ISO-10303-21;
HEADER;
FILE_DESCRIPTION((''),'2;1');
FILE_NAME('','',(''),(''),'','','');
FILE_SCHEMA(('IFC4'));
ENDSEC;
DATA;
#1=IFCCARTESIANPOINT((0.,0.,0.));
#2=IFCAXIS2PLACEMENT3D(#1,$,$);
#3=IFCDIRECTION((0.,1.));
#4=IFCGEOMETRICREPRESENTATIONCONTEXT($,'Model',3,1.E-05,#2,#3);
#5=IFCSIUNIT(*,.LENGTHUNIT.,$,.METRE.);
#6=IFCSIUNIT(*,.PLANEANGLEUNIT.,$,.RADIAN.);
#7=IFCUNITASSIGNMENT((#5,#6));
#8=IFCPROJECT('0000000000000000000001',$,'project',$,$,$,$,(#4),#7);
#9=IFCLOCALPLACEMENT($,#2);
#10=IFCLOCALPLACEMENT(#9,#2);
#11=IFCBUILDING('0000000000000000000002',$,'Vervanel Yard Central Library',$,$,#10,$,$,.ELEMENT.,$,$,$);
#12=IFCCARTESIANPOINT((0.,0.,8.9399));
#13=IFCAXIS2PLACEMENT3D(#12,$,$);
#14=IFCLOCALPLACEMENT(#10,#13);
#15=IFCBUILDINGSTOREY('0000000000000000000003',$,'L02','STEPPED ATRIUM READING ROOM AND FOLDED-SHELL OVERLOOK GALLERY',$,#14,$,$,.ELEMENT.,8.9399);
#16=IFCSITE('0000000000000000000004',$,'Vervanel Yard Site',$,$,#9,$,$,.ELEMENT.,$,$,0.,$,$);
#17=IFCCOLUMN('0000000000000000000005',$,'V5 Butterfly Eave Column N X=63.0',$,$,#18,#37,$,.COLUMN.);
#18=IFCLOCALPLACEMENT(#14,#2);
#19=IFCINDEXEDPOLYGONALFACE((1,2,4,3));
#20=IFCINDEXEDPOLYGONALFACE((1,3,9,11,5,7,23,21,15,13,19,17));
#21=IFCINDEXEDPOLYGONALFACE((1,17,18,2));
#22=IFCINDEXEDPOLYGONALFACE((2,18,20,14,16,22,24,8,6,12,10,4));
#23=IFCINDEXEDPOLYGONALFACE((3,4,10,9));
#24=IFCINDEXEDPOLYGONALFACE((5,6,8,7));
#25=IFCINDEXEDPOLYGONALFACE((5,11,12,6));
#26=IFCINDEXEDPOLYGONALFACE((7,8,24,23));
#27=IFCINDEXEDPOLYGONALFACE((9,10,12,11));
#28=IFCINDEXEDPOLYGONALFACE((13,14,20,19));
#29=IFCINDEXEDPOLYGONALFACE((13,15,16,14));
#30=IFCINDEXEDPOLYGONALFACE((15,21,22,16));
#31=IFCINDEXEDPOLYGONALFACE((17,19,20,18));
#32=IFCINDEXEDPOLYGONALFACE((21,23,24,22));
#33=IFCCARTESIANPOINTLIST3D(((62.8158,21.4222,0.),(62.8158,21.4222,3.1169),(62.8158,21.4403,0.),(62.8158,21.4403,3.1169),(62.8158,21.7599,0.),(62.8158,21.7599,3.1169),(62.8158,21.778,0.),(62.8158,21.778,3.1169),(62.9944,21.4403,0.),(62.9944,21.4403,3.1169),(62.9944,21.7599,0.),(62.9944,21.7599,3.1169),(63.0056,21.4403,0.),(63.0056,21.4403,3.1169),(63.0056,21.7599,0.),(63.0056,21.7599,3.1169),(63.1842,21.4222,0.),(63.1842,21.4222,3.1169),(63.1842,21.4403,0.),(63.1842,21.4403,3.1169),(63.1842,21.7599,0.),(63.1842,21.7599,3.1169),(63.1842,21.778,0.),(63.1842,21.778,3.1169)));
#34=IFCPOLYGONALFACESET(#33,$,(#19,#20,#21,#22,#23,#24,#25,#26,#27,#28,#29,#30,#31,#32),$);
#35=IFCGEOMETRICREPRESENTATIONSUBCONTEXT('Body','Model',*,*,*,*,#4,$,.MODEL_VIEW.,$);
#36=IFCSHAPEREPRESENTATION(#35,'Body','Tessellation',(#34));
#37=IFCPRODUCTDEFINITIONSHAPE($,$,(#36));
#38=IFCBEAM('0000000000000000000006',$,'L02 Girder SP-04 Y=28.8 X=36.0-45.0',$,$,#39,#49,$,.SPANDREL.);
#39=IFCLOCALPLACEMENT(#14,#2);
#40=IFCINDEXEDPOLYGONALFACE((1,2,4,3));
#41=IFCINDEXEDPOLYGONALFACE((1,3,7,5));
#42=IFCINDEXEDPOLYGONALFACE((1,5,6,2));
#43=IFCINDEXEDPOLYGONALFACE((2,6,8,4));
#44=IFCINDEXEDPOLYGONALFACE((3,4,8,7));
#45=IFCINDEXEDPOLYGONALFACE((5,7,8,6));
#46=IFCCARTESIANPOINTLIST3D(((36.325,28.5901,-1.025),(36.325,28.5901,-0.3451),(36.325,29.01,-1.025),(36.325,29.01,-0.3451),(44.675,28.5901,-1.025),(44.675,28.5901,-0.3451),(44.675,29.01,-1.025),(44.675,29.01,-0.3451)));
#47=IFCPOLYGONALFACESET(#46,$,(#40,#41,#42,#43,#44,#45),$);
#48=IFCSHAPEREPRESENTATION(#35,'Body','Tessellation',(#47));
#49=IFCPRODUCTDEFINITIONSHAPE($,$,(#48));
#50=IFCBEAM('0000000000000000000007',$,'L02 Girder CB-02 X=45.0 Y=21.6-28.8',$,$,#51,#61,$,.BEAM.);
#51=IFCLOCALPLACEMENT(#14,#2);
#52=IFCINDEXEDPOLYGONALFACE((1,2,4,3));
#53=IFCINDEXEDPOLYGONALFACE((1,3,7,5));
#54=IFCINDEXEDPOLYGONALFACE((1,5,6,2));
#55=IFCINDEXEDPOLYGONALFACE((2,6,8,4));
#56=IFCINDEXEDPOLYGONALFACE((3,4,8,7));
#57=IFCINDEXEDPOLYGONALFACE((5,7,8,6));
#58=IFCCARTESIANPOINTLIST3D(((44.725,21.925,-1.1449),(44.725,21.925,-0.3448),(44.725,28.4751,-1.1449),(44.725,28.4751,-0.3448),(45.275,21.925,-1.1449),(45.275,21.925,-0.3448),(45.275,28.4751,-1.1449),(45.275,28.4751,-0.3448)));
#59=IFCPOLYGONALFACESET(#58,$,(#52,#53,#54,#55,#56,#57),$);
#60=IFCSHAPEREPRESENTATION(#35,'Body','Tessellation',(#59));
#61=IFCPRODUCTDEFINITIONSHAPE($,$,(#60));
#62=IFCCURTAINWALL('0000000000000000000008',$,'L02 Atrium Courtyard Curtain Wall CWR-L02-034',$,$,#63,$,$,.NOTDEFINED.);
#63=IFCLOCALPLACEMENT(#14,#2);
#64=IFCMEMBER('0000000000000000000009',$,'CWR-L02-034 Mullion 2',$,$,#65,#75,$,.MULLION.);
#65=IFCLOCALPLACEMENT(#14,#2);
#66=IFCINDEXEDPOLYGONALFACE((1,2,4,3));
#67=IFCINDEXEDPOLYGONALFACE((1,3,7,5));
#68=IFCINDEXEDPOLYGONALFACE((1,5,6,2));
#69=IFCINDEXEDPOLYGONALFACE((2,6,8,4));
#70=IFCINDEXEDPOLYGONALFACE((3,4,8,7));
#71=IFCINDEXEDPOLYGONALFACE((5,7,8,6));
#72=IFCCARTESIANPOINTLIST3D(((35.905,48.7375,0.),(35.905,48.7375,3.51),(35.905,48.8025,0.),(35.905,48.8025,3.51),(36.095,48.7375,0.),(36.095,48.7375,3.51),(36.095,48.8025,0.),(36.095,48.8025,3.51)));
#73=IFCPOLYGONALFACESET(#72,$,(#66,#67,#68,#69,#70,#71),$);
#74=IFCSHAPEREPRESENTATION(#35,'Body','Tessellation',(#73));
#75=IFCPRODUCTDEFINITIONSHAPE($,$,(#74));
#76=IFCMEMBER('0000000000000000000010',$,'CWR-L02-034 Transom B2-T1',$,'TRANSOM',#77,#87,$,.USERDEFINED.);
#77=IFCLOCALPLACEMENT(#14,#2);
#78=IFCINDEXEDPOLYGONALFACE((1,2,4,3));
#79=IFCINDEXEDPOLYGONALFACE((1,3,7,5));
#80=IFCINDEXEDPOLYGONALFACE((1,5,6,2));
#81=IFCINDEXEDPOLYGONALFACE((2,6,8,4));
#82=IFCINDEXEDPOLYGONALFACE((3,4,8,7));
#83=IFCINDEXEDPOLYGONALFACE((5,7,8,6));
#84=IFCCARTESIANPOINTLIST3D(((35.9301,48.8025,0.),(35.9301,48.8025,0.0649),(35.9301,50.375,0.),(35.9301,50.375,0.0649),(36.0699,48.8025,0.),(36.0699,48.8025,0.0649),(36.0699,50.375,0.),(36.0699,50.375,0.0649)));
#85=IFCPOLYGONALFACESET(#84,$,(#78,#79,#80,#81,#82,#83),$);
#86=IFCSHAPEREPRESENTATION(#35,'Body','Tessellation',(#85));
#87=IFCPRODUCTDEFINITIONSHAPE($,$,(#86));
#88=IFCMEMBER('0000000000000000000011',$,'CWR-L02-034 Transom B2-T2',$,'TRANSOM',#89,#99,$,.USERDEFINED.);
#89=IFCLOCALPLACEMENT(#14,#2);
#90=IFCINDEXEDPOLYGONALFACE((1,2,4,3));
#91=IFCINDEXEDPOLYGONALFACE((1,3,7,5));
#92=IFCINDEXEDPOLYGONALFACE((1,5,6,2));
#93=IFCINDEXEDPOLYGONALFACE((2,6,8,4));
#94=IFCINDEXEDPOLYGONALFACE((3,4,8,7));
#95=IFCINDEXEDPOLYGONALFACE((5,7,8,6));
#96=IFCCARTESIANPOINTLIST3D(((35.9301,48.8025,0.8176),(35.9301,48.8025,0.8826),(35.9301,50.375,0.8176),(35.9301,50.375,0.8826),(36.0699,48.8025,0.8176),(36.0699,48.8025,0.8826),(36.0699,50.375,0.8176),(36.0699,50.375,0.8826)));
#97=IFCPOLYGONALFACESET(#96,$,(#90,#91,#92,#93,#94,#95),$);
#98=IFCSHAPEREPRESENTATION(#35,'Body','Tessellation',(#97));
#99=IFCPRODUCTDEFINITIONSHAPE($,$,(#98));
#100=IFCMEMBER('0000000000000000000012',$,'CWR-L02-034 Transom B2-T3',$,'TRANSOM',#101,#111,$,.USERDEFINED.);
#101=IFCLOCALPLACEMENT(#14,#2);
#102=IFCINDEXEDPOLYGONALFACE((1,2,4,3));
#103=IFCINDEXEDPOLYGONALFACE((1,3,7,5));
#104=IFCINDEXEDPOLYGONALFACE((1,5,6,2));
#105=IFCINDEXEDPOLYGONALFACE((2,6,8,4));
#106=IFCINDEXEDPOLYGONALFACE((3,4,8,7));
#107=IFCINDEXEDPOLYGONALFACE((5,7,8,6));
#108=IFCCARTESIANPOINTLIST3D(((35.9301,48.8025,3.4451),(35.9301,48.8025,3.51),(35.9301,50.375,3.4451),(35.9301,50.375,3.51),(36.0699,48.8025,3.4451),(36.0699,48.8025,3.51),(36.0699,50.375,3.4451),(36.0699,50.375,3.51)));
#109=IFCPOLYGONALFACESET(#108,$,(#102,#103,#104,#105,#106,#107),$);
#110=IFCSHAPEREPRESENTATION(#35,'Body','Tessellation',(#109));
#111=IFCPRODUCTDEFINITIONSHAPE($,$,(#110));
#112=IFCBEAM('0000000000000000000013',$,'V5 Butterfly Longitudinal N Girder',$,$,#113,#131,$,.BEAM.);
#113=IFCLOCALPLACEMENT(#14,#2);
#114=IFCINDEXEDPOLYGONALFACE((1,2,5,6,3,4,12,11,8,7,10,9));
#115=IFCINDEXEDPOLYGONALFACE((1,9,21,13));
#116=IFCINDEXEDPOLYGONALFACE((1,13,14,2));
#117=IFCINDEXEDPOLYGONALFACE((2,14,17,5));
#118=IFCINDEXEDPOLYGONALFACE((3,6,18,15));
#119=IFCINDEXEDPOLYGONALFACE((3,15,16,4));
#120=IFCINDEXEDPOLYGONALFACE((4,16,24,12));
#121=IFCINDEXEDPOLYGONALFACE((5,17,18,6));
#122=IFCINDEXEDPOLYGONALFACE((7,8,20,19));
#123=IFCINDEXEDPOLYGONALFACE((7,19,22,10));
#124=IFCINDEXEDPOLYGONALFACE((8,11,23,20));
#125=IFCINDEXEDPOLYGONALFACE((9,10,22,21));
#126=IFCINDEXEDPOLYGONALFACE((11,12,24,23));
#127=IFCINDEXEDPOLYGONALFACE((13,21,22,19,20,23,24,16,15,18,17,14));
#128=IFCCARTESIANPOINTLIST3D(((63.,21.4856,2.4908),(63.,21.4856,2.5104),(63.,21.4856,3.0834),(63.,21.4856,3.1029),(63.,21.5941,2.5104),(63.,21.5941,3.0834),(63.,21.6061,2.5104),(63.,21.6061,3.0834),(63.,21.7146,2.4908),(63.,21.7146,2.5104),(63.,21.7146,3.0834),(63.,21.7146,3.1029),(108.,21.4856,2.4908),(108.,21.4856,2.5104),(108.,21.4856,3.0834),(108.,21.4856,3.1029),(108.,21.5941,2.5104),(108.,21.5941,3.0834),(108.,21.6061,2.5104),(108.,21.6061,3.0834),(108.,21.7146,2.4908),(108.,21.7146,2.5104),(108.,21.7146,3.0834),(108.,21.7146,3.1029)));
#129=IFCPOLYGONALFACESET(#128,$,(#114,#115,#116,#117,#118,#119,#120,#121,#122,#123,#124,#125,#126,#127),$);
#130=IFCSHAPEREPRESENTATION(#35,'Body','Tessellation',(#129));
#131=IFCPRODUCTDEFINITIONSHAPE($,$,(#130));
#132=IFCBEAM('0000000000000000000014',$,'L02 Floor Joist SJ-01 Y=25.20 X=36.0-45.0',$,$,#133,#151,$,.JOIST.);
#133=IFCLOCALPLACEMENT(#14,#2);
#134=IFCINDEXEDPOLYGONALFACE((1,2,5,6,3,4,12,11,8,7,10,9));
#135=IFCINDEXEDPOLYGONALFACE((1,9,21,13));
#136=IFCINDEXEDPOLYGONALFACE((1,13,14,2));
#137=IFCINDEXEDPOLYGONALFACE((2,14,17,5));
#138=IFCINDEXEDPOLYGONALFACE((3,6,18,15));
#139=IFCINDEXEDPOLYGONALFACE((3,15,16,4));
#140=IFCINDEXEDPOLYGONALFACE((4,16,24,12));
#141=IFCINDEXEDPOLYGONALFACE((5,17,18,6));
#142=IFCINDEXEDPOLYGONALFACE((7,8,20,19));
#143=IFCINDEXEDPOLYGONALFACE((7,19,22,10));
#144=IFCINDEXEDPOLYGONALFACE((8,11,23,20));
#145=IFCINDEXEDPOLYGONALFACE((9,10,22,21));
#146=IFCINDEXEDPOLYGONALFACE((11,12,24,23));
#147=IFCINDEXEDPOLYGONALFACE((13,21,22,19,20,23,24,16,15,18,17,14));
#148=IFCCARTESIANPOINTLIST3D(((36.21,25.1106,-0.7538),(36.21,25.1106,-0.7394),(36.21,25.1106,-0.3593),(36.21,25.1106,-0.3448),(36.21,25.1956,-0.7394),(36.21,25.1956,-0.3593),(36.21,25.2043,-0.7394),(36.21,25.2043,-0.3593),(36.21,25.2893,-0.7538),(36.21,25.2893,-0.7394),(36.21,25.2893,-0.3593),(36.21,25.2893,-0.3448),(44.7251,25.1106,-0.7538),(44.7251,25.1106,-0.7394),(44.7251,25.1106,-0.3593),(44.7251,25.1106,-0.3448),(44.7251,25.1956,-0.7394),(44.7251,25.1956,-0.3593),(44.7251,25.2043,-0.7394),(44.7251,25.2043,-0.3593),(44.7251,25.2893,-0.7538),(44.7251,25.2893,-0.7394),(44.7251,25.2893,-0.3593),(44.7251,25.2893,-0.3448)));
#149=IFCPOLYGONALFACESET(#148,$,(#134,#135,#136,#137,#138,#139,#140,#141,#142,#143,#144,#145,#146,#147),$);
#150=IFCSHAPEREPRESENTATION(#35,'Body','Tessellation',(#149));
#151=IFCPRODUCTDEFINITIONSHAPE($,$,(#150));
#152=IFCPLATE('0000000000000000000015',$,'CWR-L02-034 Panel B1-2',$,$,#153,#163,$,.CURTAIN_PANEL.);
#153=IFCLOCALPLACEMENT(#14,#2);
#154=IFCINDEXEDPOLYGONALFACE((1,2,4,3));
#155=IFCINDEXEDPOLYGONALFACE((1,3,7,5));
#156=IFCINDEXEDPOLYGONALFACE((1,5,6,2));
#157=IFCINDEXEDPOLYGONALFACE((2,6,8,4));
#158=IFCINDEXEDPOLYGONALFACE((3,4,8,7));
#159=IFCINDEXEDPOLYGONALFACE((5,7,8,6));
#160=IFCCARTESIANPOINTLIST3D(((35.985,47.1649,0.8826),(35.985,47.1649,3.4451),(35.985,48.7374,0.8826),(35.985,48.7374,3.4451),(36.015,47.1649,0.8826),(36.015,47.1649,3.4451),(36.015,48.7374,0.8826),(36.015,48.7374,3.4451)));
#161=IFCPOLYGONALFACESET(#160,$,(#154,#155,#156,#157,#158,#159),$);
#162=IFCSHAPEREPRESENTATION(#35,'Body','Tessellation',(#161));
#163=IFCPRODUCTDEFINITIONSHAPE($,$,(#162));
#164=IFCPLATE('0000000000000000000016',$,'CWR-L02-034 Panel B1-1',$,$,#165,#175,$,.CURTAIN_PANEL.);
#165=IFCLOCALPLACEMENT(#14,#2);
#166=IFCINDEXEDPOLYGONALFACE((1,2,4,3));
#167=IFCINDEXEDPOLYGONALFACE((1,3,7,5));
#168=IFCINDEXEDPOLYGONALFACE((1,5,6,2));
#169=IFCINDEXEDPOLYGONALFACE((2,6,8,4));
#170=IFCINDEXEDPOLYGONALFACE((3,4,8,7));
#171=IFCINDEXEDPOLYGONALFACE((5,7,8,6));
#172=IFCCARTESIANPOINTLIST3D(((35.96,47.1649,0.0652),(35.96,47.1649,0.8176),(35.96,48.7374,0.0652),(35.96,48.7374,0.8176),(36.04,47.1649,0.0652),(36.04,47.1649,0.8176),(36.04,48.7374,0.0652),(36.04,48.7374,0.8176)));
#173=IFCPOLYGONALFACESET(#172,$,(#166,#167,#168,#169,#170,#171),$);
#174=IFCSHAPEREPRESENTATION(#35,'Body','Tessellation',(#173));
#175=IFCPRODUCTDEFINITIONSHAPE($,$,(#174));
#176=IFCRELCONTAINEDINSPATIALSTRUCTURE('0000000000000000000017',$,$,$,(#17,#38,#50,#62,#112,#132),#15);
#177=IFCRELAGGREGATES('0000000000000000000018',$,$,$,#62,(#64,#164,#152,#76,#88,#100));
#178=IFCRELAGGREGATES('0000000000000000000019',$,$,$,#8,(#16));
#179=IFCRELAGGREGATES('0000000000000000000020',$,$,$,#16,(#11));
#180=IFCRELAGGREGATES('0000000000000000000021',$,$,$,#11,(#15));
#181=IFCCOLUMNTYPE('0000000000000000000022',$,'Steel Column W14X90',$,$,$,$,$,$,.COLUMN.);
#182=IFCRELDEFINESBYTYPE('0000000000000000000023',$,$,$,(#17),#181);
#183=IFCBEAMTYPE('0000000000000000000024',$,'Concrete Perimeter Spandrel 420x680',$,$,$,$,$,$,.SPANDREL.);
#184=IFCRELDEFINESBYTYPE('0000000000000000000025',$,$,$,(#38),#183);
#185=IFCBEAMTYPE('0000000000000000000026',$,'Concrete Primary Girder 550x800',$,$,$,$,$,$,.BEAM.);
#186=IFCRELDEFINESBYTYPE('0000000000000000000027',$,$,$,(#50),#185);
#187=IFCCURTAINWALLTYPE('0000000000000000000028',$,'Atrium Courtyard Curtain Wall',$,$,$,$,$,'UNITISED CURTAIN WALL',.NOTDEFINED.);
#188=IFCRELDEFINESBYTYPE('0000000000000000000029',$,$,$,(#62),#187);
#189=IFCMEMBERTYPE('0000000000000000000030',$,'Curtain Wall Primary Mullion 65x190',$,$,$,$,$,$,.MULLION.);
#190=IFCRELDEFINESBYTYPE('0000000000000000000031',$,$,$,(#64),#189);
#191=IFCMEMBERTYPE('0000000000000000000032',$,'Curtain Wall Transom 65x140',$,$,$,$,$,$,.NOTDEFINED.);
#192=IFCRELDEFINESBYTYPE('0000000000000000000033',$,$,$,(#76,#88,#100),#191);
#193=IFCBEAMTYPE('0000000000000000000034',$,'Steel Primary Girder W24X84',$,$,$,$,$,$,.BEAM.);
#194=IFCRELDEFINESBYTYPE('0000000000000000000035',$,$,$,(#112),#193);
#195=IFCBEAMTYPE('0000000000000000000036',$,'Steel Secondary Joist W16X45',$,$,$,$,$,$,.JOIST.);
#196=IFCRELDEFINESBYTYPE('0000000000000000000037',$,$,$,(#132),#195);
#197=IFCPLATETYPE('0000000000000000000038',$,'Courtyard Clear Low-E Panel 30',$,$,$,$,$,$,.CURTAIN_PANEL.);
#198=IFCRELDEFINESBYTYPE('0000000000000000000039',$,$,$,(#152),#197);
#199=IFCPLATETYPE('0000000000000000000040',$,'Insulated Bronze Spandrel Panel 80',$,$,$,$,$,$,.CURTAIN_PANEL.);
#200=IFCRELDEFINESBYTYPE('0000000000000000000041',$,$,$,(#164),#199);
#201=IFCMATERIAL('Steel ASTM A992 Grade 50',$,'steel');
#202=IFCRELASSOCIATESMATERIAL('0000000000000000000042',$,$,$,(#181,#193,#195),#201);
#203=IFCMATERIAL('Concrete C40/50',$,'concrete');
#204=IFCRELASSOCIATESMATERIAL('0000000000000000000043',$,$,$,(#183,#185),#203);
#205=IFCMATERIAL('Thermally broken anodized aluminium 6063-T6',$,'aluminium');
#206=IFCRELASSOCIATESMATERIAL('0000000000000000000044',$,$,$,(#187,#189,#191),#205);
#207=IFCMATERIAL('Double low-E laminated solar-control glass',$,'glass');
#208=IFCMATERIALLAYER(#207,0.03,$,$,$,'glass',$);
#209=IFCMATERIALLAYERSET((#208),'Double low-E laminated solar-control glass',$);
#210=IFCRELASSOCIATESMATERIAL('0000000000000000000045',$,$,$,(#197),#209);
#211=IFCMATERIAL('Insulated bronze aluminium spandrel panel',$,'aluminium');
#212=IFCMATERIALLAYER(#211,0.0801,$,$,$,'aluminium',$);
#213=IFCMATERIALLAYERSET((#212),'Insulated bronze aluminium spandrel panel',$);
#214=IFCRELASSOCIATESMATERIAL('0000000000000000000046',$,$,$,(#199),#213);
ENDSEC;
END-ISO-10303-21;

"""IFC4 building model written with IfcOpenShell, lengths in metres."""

from ifc_helpers import new_model, si_unit, direction, frame, origin, origin_2d, place, context, subcontext, project, spatial, rectangle, i_section, extrude, material, layer, layer_set, material_profile, profile_set, type_object, element, aggregate, save


model = new_model("IFC4")

# Units and contexts
model_context = context("Model", 3, precision=1e-05, world=origin(), true_north=direction((0.0, 1.0)))
body_context = subcontext(model_context, "Body", "Model", "MODEL_VIEW")
ifc_project = project(units=[si_unit("LENGTHUNIT", "METRE"), si_unit("PLANEANGLEUNIT", "RADIAN")], contexts=[model_context])

# Site, building, storey
site_placement = place(None, origin())
site = spatial("IfcSite", under=ifc_project, at=site_placement, Name="Vervanel Yard Site", CompositionType="ELEMENT", RefElevation=0.0)
building_placement = place(site_placement, origin())
building = spatial("IfcBuilding", under=site, at=building_placement, Name="Vervanel Yard Central Library", CompositionType="ELEMENT")
storey_placement = place(building_placement, frame((0.0, 0.0, 8.9399)))
storey = spatial("IfcBuildingStorey", under=building, at=storey_placement, Name="L02", Description="STEPPED ATRIUM READING ROOM AND FOLDED-SHELL OVERLOOK GALLERY", CompositionType="ELEMENT", Elevation=8.9399)

# Column
ifc_material_1 = material(Name="Steel ASTM A992 Grade 50", Category="steel")
ifc_material_profile_1 = material_profile(ifc_material_1, i_section(OverallWidth=0.3684, OverallDepth=0.3557, WebThickness=0.0112, FlangeThickness=0.0181, at=origin_2d()), Name="W14X90", Category="steel")
ifc_profile_set_1 = profile_set([ifc_material_profile_1], Name="Steel ASTM A992 Grade 50")
column_type = type_object("IfcColumnType", Name="Steel Column W14X90", PredefinedType="COLUMN", material=ifc_profile_set_1)
column_placement = place(storey_placement, frame((63.0, 21.6001, 0.0), z_axis=(0.0, 0.0, 1.0), x_axis=(1.0, 0.0, 0.0)))
element("IfcColumn", 1, at=column_placement, inside=storey, type_object=column_type, Name="V5 Butterfly Eave Column N X=63.0", PredefinedType="COLUMN", context=body_context, shape_type="SweptSolid", body=[
    extrude(i_section(OverallWidth=0.3684, OverallDepth=0.3557, WebThickness=0.0112, FlangeThickness=0.0181, at=origin_2d()), origin(), (0.0, 0.0, 1.0), 3.1169),
])

# Beams
ifc_material_2 = material(Name="Concrete C40/50", Category="concrete")
ifc_material_profile_2 = material_profile(ifc_material_2, rectangle(XDim=0.4199, YDim=0.6799, at=origin_2d()), Name="RC 420x680", Category="concrete")
ifc_profile_set_2 = profile_set([ifc_material_profile_2], Name="Concrete C40/50")
beam_type_1 = type_object("IfcBeamType", Name="Concrete Perimeter Spandrel 420x680", PredefinedType="SPANDREL", material=ifc_profile_set_2)
beam_1_placement = place(storey_placement, frame((36.325, 28.8, -0.6851), z_axis=(1.0, 0.0, 0.0), x_axis=(0.0, 1.0, 0.0)))
element("IfcBeam", 2, at=beam_1_placement, inside=storey, type_object=beam_type_1, Name="L02 Girder SP-04 Y=28.8 X=36.0-45.0", PredefinedType="SPANDREL", context=body_context, shape_type="SweptSolid", body=[
    extrude(rectangle(XDim=0.4199, YDim=0.6799, at=origin_2d()), origin(), (0.0, 0.0, 1.0), 8.3501),
])
ifc_material_profile_3 = material_profile(ifc_material_2, rectangle(XDim=0.55, YDim=0.8, at=origin_2d()), Name="RC 550x800", Category="concrete")
ifc_profile_set_3 = profile_set([ifc_material_profile_3], Name="Concrete C40/50")
beam_type_2 = type_object("IfcBeamType", Name="Concrete Primary Girder 550x800", PredefinedType="BEAM", material=ifc_profile_set_3)
beam_2_placement = place(storey_placement, frame((45.0, 21.925, -0.7449), z_axis=(0.0, 1.0, 0.0), x_axis=(-1.0, 0.0, 0.0)))
element("IfcBeam", 3, at=beam_2_placement, inside=storey, type_object=beam_type_2, Name="L02 Girder CB-02 X=45.0 Y=21.6-28.8", PredefinedType="BEAM", context=body_context, shape_type="SweptSolid", body=[
    extrude(rectangle(XDim=0.55, YDim=0.8, at=origin_2d()), origin(), (0.0, 0.0, 1.0), 6.55),
])

# Curtain wall, members
ifc_material_3 = material(Name="Thermally broken anodized aluminium 6063-T6", Category="aluminium")
curtain_wall_type = type_object("IfcCurtainWallType", Name="Atrium Courtyard Curtain Wall", ElementType="UNITISED CURTAIN WALL", PredefinedType="NOTDEFINED", material=ifc_material_3)
curtain_wall_placement = place(storey_placement, origin())
curtain_wall = element("IfcCurtainWall", 4, at=curtain_wall_placement, inside=storey, type_object=curtain_wall_type, Name="L02 Atrium Courtyard Curtain Wall CWR-L02-034", PredefinedType="NOTDEFINED")
ifc_material_profile_4 = material_profile(ifc_material_3, rectangle(XDim=0.0649, YDim=0.1899, at=origin_2d()), Name="ALU 65x190", Category="aluminium")
ifc_profile_set_4 = profile_set([ifc_material_profile_4], Name="Thermally broken anodized aluminium 6063-T6")
member_type_1 = type_object("IfcMemberType", Name="Curtain Wall Primary Mullion 65x190", PredefinedType="MULLION", material=ifc_profile_set_4)
member_1_placement = place(storey_placement, frame((36.0, 48.77, 0.0), z_axis=(0.0, 0.0, 1.0), x_axis=(0.0, 1.0, 0.0)))
member_1 = element("IfcMember", 5, at=member_1_placement, type_object=member_type_1, Name="CWR-L02-034 Mullion 2", PredefinedType="MULLION", context=body_context, shape_type="SweptSolid", body=[
    extrude(rectangle(XDim=0.0649, YDim=0.1899, at=origin_2d()), origin(), (0.0, 0.0, 1.0), 3.51),
])
ifc_material_profile_5 = material_profile(ifc_material_3, rectangle(XDim=0.0649, YDim=0.1399, at=origin_2d()), Name="ALU 65x140", Category="aluminium")
ifc_profile_set_5 = profile_set([ifc_material_profile_5], Name="Thermally broken anodized aluminium 6063-T6")
member_type_2 = type_object("IfcMemberType", Name="Curtain Wall Transom 65x140", PredefinedType="NOTDEFINED", material=ifc_profile_set_5)
member_2_placement = place(storey_placement, frame((36.0, 48.8025, 0.0325), z_axis=(0.0, 1.0, 0.0), x_axis=(0.0, 0.0, 1.0)))
member_2 = element("IfcMember", 6, at=member_2_placement, type_object=member_type_2, Name="CWR-L02-034 Transom B2-T1", ObjectType="TRANSOM", PredefinedType="USERDEFINED", context=body_context, shape_type="SweptSolid", body=[
    extrude(rectangle(XDim=0.0649, YDim=0.1399, at=origin_2d()), origin(), (0.0, 0.0, 1.0), 1.5725),
])
member_3_placement = place(storey_placement, frame((36.0, 48.8025, 0.8501), z_axis=(0.0, 1.0, 0.0), x_axis=(0.0, 0.0, 1.0)))
member_3 = element("IfcMember", 7, at=member_3_placement, type_object=member_type_2, Name="CWR-L02-034 Transom B2-T2", ObjectType="TRANSOM", PredefinedType="USERDEFINED", context=body_context, shape_type="SweptSolid", body=[
    extrude(rectangle(XDim=0.0649, YDim=0.1399, at=origin_2d()), origin(), (0.0, 0.0, 1.0), 1.5725),
])
member_4_placement = place(storey_placement, frame((36.0, 48.8025, 3.4775), z_axis=(0.0, 1.0, 0.0), x_axis=(0.0, 0.0, 1.0)))
member_4 = element("IfcMember", 8, at=member_4_placement, type_object=member_type_2, Name="CWR-L02-034 Transom B2-T3", ObjectType="TRANSOM", PredefinedType="USERDEFINED", context=body_context, shape_type="SweptSolid", body=[
    extrude(rectangle(XDim=0.0649, YDim=0.1399, at=origin_2d()), origin(), (0.0, 0.0, 1.0), 1.5725),
])

# Beams
ifc_material_profile_6 = material_profile(ifc_material_1, i_section(OverallWidth=0.229, OverallDepth=0.6121, WebThickness=0.012, FlangeThickness=0.0195, at=origin_2d()), Name="W24X84", Category="steel")
ifc_profile_set_6 = profile_set([ifc_material_profile_6], Name="Steel ASTM A992 Grade 50")
beam_type_3 = type_object("IfcBeamType", Name="Steel Primary Girder W24X84", PredefinedType="BEAM", material=ifc_profile_set_6)
beam_3_placement = place(storey_placement, frame((63.0, 21.6001, 2.7969), z_axis=(1.0, 0.0, 0.0), x_axis=(0.0, 1.0, 0.0)))
element("IfcBeam", 9, at=beam_3_placement, inside=storey, type_object=beam_type_3, Name="V5 Butterfly Longitudinal N Girder", PredefinedType="BEAM", context=body_context, shape_type="SweptSolid", body=[
    extrude(i_section(OverallWidth=0.229, OverallDepth=0.6121, WebThickness=0.012, FlangeThickness=0.0195, at=origin_2d()), origin(), (0.0, 0.0, 1.0), 45.0),
])
ifc_material_profile_7 = material_profile(ifc_material_1, i_section(OverallWidth=0.1787, OverallDepth=0.4089, WebThickness=0.0088, FlangeThickness=0.0144, at=origin_2d()), Name="W16X45", Category="steel")
ifc_profile_set_7 = profile_set([ifc_material_profile_7], Name="Steel ASTM A992 Grade 50")
beam_type_4 = type_object("IfcBeamType", Name="Steel Secondary Joist W16X45", PredefinedType="JOIST", material=ifc_profile_set_7)
beam_4_placement = place(storey_placement, frame((36.21, 25.2, -0.5493), z_axis=(1.0, 0.0, 0.0), x_axis=(0.0, 1.0, 0.0)))
element("IfcBeam", 10, at=beam_4_placement, inside=storey, type_object=beam_type_4, Name="L02 Floor Joist SJ-01 Y=25.20 X=36.0-45.0", PredefinedType="JOIST", context=body_context, shape_type="SweptSolid", body=[
    extrude(i_section(OverallWidth=0.1787, OverallDepth=0.4089, WebThickness=0.0088, FlangeThickness=0.0144, at=origin_2d()), origin(), (0.0, 0.0, 1.0), 8.5151),
])

# Plates
ifc_material_4 = material(Name="Double low-E laminated solar-control glass", Category="glass")
ifc_layer_1 = layer(ifc_material_4, 0.03, Category="glass")
ifc_layer_set_1 = layer_set([ifc_layer_1], Name="Double low-E laminated solar-control glass")
plate_type_1 = type_object("IfcPlateType", Name="Courtyard Clear Low-E Panel 30", PredefinedType="CURTAIN_PANEL", material=ifc_layer_set_1)
plate_1_placement = place(storey_placement, frame((36.0, 47.9512, 0.8826), z_axis=(0.0, 0.0, 1.0), x_axis=(0.0, 1.0, 0.0)))
plate_1 = element("IfcPlate", 11, at=plate_1_placement, type_object=plate_type_1, Name="CWR-L02-034 Panel B1-2", PredefinedType="CURTAIN_PANEL", context=body_context, shape_type="SweptSolid", body=[
    extrude(rectangle(XDim=1.5725, YDim=0.03, at=origin_2d()), origin(), (0.0, 0.0, 1.0), 2.5625),
])
ifc_material_5 = material(Name="Insulated bronze aluminium spandrel panel", Category="aluminium")
ifc_layer_2 = layer(ifc_material_5, 0.0801, Category="aluminium")
ifc_layer_set_2 = layer_set([ifc_layer_2], Name="Insulated bronze aluminium spandrel panel")
plate_type_2 = type_object("IfcPlateType", Name="Insulated Bronze Spandrel Panel 80", PredefinedType="CURTAIN_PANEL", material=ifc_layer_set_2)
plate_2_placement = place(storey_placement, frame((36.0, 47.9512, 0.0652), z_axis=(0.0, 0.0, 1.0), x_axis=(0.0, 1.0, 0.0)))
plate_2 = element("IfcPlate", 12, at=plate_2_placement, type_object=plate_type_2, Name="CWR-L02-034 Panel B1-1", PredefinedType="CURTAIN_PANEL", context=body_context, shape_type="SweptSolid", body=[
    extrude(rectangle(XDim=1.5725, YDim=0.0801, at=origin_2d()), origin(), (0.0, 0.0, 1.0), 0.7524),
])
aggregate(curtain_wall, [member_1, plate_2, plate_1, member_2, member_3, member_4])

save(model, "model.ifc")
